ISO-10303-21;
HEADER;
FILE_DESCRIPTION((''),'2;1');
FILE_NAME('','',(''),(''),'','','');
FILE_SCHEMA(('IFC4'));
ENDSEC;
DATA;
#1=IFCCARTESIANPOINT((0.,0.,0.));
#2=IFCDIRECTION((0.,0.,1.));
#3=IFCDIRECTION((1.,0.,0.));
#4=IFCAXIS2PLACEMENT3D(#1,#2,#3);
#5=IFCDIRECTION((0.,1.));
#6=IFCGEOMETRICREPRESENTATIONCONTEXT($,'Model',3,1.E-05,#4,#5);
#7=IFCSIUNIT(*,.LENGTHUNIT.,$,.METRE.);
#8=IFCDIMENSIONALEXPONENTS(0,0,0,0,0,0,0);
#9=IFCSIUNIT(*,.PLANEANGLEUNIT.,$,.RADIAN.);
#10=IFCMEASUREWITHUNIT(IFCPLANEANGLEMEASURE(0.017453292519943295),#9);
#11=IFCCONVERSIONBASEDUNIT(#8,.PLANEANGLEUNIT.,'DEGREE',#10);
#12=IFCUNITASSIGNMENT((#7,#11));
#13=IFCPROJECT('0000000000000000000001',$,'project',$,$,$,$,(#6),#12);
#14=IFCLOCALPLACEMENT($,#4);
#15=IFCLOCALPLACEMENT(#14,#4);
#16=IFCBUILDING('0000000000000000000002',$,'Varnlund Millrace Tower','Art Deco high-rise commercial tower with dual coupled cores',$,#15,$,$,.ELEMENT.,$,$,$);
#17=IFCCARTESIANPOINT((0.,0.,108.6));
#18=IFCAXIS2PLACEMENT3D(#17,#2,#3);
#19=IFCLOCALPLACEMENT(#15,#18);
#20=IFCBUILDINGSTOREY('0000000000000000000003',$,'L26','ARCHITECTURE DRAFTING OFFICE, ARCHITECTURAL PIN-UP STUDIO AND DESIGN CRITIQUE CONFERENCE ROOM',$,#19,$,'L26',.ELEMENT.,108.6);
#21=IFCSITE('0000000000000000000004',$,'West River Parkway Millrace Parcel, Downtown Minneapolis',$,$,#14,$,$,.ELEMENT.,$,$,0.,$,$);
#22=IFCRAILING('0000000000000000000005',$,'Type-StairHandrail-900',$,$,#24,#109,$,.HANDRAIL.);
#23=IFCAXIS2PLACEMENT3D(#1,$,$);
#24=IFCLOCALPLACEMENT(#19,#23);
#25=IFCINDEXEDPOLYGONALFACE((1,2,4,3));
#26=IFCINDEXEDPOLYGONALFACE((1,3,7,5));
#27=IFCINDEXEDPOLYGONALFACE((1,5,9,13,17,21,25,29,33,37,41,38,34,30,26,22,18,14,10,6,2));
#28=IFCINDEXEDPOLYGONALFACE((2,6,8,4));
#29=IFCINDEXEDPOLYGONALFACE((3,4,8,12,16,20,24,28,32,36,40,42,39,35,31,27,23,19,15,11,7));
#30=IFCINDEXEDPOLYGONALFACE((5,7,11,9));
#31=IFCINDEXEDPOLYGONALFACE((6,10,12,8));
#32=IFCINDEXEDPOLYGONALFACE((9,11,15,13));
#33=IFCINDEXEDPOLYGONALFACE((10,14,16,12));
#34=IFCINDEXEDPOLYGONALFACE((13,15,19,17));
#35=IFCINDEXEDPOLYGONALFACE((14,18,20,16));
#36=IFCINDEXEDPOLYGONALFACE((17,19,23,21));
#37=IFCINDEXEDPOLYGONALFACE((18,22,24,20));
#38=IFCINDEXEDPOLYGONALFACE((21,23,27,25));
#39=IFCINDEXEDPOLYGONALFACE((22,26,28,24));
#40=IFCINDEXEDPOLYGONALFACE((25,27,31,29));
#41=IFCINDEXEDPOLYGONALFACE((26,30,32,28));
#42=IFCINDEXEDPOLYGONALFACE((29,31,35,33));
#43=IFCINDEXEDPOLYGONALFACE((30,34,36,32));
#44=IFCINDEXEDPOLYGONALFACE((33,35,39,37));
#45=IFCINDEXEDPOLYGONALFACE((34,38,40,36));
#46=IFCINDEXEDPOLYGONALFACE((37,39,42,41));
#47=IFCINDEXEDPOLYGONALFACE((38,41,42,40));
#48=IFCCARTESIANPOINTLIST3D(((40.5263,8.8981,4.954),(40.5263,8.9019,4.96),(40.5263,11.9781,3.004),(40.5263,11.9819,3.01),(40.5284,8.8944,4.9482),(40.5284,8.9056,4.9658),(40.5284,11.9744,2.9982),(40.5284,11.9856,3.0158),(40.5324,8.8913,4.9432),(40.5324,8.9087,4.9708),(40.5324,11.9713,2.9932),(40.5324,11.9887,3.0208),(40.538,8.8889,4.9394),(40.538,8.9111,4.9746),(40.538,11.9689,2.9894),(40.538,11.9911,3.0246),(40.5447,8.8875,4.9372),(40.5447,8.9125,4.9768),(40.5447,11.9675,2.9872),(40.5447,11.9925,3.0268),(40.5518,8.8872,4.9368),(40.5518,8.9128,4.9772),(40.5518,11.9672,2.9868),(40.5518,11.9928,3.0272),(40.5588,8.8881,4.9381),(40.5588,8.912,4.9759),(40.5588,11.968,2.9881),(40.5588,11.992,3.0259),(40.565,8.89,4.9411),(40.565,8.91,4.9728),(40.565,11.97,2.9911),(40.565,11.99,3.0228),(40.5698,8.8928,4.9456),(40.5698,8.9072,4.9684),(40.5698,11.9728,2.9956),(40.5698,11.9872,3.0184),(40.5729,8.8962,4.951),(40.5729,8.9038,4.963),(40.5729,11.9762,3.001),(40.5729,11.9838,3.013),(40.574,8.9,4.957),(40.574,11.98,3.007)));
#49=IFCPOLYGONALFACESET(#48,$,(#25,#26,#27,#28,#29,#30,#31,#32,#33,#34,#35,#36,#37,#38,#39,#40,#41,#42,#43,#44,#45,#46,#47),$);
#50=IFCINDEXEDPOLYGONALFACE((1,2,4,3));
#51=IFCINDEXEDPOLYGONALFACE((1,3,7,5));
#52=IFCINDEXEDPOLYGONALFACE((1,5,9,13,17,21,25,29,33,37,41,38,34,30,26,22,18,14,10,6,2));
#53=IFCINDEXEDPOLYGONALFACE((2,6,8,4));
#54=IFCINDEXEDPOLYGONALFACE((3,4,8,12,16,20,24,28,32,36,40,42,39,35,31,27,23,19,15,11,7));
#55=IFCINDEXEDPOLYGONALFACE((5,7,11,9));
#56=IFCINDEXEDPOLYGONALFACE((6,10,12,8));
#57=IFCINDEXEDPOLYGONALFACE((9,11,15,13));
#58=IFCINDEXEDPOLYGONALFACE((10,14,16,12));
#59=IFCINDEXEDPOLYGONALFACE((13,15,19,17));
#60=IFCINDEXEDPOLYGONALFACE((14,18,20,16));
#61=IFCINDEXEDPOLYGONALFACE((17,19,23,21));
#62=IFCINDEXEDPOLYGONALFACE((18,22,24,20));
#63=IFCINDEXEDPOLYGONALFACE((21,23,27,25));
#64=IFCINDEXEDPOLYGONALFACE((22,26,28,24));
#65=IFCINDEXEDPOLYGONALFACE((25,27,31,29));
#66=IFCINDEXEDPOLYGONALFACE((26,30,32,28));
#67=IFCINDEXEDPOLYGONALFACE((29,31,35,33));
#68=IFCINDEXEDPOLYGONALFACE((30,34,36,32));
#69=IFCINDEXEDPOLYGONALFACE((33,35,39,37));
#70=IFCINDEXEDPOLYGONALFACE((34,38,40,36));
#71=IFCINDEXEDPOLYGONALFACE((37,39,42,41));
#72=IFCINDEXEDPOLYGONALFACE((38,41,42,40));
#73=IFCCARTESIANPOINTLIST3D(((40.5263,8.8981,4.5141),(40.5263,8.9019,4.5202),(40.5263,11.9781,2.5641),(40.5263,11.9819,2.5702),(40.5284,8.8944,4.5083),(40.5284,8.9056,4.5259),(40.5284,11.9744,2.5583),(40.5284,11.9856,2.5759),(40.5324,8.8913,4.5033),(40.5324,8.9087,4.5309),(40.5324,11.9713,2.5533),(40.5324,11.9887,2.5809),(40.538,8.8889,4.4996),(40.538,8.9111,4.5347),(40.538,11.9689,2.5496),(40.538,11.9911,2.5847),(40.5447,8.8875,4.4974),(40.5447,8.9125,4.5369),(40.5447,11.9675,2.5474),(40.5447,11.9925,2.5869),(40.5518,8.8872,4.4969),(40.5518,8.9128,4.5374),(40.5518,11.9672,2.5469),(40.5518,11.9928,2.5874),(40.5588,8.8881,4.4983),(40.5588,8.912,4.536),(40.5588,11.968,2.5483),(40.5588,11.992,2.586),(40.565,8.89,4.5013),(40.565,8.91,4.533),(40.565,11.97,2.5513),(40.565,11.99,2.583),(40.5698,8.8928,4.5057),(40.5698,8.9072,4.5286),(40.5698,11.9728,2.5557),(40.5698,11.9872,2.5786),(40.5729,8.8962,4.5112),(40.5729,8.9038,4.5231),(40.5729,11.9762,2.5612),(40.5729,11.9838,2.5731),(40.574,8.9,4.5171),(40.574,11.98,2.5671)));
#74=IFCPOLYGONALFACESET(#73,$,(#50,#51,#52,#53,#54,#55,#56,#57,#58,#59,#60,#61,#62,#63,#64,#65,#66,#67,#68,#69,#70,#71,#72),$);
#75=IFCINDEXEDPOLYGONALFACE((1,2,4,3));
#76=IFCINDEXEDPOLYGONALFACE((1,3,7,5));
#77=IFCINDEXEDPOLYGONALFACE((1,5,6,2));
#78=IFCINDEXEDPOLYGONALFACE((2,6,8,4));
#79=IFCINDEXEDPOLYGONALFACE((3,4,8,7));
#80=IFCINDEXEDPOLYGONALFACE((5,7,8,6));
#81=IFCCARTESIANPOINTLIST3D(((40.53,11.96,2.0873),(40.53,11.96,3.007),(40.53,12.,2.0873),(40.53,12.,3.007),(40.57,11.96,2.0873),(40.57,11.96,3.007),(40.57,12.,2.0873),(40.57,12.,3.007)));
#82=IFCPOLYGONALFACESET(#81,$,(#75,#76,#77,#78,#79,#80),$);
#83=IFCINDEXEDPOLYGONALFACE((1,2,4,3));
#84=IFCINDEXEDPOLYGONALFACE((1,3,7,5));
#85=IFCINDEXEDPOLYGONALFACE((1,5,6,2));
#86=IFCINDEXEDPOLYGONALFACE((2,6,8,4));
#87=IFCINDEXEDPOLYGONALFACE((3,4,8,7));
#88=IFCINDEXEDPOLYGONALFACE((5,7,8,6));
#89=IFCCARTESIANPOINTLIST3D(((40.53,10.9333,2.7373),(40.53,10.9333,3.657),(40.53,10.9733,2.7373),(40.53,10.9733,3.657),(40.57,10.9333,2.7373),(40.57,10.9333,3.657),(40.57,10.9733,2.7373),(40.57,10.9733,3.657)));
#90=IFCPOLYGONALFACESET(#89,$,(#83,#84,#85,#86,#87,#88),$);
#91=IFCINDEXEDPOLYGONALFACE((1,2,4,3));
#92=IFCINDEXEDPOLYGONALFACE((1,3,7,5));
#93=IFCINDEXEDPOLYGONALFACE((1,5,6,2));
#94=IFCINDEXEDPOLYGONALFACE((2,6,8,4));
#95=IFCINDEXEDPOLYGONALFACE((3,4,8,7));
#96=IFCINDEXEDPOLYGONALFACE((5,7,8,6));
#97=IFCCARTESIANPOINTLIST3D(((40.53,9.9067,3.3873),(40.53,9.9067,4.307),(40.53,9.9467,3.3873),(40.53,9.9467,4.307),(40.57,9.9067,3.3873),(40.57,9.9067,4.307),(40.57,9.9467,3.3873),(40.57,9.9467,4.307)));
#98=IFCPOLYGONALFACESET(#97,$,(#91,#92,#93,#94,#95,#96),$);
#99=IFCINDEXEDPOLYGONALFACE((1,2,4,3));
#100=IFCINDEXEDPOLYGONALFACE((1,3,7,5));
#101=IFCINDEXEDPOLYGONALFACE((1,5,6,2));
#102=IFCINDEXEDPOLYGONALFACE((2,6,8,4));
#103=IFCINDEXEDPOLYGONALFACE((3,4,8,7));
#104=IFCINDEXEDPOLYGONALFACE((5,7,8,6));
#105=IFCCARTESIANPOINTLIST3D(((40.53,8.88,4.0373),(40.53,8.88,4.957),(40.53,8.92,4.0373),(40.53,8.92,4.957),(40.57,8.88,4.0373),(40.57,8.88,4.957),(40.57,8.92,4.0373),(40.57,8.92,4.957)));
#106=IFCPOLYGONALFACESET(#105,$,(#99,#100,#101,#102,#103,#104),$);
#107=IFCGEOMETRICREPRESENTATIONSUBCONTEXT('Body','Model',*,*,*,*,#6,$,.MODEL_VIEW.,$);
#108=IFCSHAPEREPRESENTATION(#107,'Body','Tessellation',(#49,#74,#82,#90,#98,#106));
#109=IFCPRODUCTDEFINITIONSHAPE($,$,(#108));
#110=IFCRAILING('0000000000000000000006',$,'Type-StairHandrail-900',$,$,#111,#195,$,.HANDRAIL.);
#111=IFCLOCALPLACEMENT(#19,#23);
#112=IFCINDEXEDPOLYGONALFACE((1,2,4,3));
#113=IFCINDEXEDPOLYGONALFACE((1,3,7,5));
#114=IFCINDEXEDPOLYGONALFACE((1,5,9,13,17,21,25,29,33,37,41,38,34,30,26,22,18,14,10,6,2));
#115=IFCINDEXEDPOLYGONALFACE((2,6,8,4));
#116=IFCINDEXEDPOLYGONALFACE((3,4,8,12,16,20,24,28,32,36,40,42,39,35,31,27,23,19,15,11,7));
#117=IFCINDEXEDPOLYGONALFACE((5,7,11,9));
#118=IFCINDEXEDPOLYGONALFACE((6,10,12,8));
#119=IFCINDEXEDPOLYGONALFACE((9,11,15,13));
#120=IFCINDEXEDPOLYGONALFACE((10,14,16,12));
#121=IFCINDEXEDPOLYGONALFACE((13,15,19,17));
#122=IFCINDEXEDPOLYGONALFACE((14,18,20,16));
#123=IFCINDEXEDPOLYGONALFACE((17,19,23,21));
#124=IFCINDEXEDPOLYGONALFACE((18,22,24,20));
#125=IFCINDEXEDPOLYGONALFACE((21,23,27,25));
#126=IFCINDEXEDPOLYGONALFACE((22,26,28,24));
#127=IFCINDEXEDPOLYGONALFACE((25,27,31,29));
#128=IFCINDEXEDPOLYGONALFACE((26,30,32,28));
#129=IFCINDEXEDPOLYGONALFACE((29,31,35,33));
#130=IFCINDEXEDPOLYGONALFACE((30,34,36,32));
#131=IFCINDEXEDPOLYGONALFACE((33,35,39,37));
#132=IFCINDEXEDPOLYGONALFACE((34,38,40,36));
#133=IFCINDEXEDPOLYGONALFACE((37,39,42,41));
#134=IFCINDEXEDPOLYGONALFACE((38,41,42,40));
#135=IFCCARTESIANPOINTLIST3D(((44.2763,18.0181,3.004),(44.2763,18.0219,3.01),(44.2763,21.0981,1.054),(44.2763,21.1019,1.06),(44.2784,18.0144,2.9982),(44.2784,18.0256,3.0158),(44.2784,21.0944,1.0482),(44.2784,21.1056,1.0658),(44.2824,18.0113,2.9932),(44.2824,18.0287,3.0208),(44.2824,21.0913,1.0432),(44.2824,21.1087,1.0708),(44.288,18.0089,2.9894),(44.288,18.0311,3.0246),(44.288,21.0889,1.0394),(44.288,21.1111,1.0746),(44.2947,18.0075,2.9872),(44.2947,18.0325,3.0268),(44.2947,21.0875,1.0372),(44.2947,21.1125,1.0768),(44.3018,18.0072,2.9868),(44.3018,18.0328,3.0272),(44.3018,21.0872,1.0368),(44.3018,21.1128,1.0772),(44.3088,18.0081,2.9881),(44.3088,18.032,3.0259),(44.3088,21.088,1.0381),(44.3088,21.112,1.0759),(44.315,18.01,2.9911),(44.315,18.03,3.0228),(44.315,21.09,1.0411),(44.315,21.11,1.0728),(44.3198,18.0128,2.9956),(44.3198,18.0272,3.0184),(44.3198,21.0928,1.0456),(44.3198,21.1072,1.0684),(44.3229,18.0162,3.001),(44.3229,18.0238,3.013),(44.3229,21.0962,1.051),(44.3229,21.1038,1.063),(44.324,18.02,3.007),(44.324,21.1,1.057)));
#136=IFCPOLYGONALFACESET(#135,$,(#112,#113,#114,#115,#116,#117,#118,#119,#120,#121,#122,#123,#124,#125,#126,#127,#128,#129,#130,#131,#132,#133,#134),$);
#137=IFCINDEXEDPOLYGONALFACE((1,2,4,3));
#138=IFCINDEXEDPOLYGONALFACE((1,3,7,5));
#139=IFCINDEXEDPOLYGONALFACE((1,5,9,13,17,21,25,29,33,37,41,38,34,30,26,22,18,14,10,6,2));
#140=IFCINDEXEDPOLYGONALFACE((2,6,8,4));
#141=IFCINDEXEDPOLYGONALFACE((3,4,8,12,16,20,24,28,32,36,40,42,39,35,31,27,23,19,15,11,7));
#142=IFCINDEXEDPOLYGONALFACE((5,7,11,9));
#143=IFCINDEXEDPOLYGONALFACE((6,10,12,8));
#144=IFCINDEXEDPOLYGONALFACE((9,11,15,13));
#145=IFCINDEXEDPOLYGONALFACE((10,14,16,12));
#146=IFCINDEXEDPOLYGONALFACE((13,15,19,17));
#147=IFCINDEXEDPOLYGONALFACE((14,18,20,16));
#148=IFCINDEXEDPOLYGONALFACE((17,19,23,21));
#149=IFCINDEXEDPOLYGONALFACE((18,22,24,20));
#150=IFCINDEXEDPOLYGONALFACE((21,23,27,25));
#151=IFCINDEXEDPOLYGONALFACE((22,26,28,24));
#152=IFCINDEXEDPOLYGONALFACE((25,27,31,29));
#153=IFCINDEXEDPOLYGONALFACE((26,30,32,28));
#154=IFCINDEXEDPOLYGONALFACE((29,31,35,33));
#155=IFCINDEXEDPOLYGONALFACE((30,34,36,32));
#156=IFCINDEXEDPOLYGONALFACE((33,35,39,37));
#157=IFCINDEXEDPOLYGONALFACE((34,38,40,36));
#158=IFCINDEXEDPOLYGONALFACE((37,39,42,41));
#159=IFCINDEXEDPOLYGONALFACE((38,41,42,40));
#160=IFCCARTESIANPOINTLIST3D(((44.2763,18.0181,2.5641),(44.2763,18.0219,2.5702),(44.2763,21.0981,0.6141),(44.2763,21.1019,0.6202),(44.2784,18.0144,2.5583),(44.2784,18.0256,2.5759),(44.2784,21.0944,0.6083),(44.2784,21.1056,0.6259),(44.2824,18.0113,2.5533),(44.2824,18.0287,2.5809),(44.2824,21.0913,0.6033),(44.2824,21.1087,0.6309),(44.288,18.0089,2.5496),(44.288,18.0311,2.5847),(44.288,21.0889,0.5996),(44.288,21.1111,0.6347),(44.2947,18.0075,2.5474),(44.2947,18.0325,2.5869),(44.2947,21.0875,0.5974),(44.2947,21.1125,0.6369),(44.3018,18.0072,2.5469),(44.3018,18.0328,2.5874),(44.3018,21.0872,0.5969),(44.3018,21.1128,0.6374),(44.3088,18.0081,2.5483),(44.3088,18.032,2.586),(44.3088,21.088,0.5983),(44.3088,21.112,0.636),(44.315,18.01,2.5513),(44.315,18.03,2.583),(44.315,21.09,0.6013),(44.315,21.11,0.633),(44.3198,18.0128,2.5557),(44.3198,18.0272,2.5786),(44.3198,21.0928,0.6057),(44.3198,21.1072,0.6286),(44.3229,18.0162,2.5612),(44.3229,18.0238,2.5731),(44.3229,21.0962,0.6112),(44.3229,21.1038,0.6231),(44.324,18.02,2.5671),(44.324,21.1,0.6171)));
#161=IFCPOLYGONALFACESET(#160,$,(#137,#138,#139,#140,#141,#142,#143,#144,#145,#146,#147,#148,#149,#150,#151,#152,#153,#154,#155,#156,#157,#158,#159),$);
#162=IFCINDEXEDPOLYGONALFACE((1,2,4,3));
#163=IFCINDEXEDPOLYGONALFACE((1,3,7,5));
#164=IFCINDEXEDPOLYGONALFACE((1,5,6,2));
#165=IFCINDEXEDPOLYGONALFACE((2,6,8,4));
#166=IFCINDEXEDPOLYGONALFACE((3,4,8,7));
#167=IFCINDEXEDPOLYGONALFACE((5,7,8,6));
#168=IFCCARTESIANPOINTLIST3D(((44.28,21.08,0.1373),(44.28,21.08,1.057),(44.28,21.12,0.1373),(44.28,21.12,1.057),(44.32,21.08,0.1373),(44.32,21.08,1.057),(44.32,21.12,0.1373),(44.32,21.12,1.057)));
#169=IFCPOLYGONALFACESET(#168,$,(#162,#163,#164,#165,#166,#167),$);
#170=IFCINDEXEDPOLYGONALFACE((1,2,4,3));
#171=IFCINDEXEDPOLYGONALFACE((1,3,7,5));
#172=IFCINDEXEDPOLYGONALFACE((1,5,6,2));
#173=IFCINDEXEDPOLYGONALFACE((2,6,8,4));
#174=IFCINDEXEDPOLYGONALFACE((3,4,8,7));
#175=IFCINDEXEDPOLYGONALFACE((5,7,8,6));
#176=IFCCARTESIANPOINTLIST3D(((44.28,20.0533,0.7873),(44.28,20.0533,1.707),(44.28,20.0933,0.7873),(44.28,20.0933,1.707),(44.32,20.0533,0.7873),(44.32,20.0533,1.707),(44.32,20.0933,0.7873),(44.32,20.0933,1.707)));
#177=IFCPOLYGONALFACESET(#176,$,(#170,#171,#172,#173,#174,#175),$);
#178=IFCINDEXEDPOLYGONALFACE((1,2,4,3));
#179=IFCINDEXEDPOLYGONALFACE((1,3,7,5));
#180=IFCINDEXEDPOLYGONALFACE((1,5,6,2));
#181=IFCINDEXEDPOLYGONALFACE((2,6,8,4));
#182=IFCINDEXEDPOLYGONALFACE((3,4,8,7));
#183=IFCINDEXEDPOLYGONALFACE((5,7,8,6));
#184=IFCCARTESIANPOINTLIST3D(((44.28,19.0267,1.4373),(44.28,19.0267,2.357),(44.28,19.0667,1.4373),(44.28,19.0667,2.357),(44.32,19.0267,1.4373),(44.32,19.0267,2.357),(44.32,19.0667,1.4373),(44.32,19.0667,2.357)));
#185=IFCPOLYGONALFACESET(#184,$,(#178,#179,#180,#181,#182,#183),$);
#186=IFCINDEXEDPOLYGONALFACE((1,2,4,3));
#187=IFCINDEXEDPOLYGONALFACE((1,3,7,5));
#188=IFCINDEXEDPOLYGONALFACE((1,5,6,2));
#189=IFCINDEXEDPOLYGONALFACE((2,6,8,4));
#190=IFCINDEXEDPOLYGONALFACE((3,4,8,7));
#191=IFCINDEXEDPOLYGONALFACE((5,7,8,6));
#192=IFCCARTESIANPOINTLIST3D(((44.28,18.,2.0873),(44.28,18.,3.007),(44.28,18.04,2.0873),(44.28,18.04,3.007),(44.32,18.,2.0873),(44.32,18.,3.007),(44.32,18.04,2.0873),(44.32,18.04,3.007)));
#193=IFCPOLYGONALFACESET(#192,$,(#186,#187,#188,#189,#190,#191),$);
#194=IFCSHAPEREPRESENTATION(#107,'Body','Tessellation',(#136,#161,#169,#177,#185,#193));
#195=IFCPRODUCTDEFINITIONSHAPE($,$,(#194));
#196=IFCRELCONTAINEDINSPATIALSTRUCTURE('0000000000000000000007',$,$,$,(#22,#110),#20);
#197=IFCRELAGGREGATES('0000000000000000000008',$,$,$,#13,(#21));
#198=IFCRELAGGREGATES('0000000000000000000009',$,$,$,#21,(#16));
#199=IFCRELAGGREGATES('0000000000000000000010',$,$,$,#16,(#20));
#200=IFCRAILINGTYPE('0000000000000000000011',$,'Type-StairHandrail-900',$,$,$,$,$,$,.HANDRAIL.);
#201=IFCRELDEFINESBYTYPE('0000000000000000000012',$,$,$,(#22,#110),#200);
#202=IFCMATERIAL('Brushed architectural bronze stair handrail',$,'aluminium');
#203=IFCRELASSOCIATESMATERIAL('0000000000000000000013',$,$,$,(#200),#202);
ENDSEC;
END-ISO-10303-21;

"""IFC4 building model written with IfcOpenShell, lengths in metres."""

from ifc_helpers import new_model, entity, si_unit, converted_unit, direction, frame, origin_with_axes, origin_2d_with_axis, place, context, subcontext, project, spatial, rectangle, circle, extrude, material, type_object, element, save


model = new_model("IFC4")

# Units and contexts
model_context = context("Model", 3, precision=1e-05, world=origin_with_axes(), true_north=direction((0.0, 1.0)))
body_context = subcontext(model_context, "Body", "Model", "MODEL_VIEW")
ifc_project = project(units=[si_unit("LENGTHUNIT", "METRE"), converted_unit("PLANEANGLEUNIT", "DEGREE", entity("IfcPlaneAngleMeasure", 0.017453292519943295), si_unit("PLANEANGLEUNIT", "RADIAN"), dimensions=[0, 0, 0, 0, 0, 0, 0])], contexts=[model_context])

# Site, building, storey
site_placement = place(None, origin_with_axes())
site = spatial("IfcSite", under=ifc_project, at=site_placement, Name="West River Parkway Millrace Parcel, Downtown Minneapolis", CompositionType="ELEMENT", RefElevation=0.0)
building_placement = place(site_placement, origin_with_axes())
building = spatial("IfcBuilding", under=site, at=building_placement, Name="Varnlund Millrace Tower", Description="Art Deco high-rise commercial tower with dual coupled cores", CompositionType="ELEMENT")
storey_placement = place(building_placement, frame((0.0, 0.0, 108.6), z_axis=(0.0, 0.0, 1.0), x_axis=(1.0, 0.0, 0.0)))
storey = spatial("IfcBuildingStorey", under=building, at=storey_placement, Name="L26", Description="ARCHITECTURE DRAFTING OFFICE, ARCHITECTURAL PIN-UP STUDIO AND DESIGN CRITIQUE CONFERENCE ROOM", LongName="L26", CompositionType="ELEMENT", Elevation=108.6)

# Railings
ifc_material_1 = material(Name="Brushed architectural bronze stair handrail", Category="aluminium")
railing_type_1 = type_object("IfcRailingType", Name="Type-StairHandrail-900", PredefinedType="HANDRAIL", material=ifc_material_1)
railing_1_placement = place(storey_placement, frame((0.0, 0.0, -108.6), z_axis=(0.0, 0.0, 1.0), x_axis=(1.0, 0.0, 0.0)))
element("IfcRailing", 1, at=railing_1_placement, inside=storey, type_object=railing_type_1, Name="Type-StairHandrail-900", PredefinedType="HANDRAIL", context=body_context, shape_type="SweptSolid", body=[
    extrude(circle(Radius=0.024, at=origin_2d_with_axis()), frame((40.55, 11.98, 111.607), z_axis=(0.0, -0.844902, 0.534922), x_axis=(1.0, 0.0, 0.0)), (0.0, 0.0, 1.0), 3.6454),
    extrude(circle(Radius=0.024, at=origin_2d_with_axis()), frame((40.55, 11.98, 111.1671), z_axis=(0.0, -0.844902, 0.534922), x_axis=(1.0, 0.0, 0.0)), (0.0, 0.0, 1.0), 3.6454),
    extrude(rectangle(XDim=0.04, YDim=0.04, at=origin_2d_with_axis()), frame((40.55, 11.98, 110.6873), z_axis=(0.0, 0.0, 1.0), x_axis=(1.0, 0.0, 0.0)), (0.0, 0.0, 1.0), 0.9197),
    extrude(rectangle(XDim=0.04, YDim=0.04, at=origin_2d_with_axis()), frame((40.55, 10.9533, 111.3373), z_axis=(0.0, 0.0, 1.0), x_axis=(1.0, 0.0, 0.0)), (0.0, 0.0, 1.0), 0.9197),
    extrude(rectangle(XDim=0.04, YDim=0.04, at=origin_2d_with_axis()), frame((40.55, 9.9267, 111.9873), z_axis=(0.0, 0.0, 1.0), x_axis=(1.0, 0.0, 0.0)), (0.0, 0.0, 1.0), 0.9197),
    extrude(rectangle(XDim=0.04, YDim=0.04, at=origin_2d_with_axis()), frame((40.55, 8.9, 112.6373), z_axis=(0.0, 0.0, 1.0), x_axis=(1.0, 0.0, 0.0)), (0.0, 0.0, 1.0), 0.9197),
])
railing_2_placement = place(storey_placement, frame((0.0, 0.0, -108.6), z_axis=(0.0, 0.0, 1.0), x_axis=(1.0, 0.0, 0.0)))
element("IfcRailing", 2, at=railing_2_placement, inside=storey, type_object=railing_type_1, Name="Type-StairHandrail-900", PredefinedType="HANDRAIL", context=body_context, shape_type="SweptSolid", body=[
    extrude(circle(Radius=0.024, at=origin_2d_with_axis()), frame((44.3, 21.1, 109.657), z_axis=(0.0, -0.844902, 0.534922), x_axis=(1.0, 0.0, 0.0)), (0.0, 0.0, 1.0), 3.6454),
    extrude(circle(Radius=0.024, at=origin_2d_with_axis()), frame((44.3, 21.1, 109.2171), z_axis=(0.0, -0.844902, 0.534922), x_axis=(1.0, 0.0, 0.0)), (0.0, 0.0, 1.0), 3.6454),
    extrude(rectangle(XDim=0.04, YDim=0.04, at=origin_2d_with_axis()), frame((44.3, 21.1, 108.7373), z_axis=(0.0, 0.0, 1.0), x_axis=(1.0, 0.0, 0.0)), (0.0, 0.0, 1.0), 0.9197),
    extrude(rectangle(XDim=0.04, YDim=0.04, at=origin_2d_with_axis()), frame((44.3, 20.0733, 109.3873), z_axis=(0.0, 0.0, 1.0), x_axis=(1.0, 0.0, 0.0)), (0.0, 0.0, 1.0), 0.9197),
    extrude(rectangle(XDim=0.04, YDim=0.04, at=origin_2d_with_axis()), frame((44.3, 19.0467, 110.0373), z_axis=(0.0, 0.0, 1.0), x_axis=(1.0, 0.0, 0.0)), (0.0, 0.0, 1.0), 0.9197),
    extrude(rectangle(XDim=0.04, YDim=0.04, at=origin_2d_with_axis()), frame((44.3, 18.02, 110.6873), z_axis=(0.0, 0.0, 1.0), x_axis=(1.0, 0.0, 0.0)), (0.0, 0.0, 1.0), 0.9197),
])

save(model, "model.ifc")
